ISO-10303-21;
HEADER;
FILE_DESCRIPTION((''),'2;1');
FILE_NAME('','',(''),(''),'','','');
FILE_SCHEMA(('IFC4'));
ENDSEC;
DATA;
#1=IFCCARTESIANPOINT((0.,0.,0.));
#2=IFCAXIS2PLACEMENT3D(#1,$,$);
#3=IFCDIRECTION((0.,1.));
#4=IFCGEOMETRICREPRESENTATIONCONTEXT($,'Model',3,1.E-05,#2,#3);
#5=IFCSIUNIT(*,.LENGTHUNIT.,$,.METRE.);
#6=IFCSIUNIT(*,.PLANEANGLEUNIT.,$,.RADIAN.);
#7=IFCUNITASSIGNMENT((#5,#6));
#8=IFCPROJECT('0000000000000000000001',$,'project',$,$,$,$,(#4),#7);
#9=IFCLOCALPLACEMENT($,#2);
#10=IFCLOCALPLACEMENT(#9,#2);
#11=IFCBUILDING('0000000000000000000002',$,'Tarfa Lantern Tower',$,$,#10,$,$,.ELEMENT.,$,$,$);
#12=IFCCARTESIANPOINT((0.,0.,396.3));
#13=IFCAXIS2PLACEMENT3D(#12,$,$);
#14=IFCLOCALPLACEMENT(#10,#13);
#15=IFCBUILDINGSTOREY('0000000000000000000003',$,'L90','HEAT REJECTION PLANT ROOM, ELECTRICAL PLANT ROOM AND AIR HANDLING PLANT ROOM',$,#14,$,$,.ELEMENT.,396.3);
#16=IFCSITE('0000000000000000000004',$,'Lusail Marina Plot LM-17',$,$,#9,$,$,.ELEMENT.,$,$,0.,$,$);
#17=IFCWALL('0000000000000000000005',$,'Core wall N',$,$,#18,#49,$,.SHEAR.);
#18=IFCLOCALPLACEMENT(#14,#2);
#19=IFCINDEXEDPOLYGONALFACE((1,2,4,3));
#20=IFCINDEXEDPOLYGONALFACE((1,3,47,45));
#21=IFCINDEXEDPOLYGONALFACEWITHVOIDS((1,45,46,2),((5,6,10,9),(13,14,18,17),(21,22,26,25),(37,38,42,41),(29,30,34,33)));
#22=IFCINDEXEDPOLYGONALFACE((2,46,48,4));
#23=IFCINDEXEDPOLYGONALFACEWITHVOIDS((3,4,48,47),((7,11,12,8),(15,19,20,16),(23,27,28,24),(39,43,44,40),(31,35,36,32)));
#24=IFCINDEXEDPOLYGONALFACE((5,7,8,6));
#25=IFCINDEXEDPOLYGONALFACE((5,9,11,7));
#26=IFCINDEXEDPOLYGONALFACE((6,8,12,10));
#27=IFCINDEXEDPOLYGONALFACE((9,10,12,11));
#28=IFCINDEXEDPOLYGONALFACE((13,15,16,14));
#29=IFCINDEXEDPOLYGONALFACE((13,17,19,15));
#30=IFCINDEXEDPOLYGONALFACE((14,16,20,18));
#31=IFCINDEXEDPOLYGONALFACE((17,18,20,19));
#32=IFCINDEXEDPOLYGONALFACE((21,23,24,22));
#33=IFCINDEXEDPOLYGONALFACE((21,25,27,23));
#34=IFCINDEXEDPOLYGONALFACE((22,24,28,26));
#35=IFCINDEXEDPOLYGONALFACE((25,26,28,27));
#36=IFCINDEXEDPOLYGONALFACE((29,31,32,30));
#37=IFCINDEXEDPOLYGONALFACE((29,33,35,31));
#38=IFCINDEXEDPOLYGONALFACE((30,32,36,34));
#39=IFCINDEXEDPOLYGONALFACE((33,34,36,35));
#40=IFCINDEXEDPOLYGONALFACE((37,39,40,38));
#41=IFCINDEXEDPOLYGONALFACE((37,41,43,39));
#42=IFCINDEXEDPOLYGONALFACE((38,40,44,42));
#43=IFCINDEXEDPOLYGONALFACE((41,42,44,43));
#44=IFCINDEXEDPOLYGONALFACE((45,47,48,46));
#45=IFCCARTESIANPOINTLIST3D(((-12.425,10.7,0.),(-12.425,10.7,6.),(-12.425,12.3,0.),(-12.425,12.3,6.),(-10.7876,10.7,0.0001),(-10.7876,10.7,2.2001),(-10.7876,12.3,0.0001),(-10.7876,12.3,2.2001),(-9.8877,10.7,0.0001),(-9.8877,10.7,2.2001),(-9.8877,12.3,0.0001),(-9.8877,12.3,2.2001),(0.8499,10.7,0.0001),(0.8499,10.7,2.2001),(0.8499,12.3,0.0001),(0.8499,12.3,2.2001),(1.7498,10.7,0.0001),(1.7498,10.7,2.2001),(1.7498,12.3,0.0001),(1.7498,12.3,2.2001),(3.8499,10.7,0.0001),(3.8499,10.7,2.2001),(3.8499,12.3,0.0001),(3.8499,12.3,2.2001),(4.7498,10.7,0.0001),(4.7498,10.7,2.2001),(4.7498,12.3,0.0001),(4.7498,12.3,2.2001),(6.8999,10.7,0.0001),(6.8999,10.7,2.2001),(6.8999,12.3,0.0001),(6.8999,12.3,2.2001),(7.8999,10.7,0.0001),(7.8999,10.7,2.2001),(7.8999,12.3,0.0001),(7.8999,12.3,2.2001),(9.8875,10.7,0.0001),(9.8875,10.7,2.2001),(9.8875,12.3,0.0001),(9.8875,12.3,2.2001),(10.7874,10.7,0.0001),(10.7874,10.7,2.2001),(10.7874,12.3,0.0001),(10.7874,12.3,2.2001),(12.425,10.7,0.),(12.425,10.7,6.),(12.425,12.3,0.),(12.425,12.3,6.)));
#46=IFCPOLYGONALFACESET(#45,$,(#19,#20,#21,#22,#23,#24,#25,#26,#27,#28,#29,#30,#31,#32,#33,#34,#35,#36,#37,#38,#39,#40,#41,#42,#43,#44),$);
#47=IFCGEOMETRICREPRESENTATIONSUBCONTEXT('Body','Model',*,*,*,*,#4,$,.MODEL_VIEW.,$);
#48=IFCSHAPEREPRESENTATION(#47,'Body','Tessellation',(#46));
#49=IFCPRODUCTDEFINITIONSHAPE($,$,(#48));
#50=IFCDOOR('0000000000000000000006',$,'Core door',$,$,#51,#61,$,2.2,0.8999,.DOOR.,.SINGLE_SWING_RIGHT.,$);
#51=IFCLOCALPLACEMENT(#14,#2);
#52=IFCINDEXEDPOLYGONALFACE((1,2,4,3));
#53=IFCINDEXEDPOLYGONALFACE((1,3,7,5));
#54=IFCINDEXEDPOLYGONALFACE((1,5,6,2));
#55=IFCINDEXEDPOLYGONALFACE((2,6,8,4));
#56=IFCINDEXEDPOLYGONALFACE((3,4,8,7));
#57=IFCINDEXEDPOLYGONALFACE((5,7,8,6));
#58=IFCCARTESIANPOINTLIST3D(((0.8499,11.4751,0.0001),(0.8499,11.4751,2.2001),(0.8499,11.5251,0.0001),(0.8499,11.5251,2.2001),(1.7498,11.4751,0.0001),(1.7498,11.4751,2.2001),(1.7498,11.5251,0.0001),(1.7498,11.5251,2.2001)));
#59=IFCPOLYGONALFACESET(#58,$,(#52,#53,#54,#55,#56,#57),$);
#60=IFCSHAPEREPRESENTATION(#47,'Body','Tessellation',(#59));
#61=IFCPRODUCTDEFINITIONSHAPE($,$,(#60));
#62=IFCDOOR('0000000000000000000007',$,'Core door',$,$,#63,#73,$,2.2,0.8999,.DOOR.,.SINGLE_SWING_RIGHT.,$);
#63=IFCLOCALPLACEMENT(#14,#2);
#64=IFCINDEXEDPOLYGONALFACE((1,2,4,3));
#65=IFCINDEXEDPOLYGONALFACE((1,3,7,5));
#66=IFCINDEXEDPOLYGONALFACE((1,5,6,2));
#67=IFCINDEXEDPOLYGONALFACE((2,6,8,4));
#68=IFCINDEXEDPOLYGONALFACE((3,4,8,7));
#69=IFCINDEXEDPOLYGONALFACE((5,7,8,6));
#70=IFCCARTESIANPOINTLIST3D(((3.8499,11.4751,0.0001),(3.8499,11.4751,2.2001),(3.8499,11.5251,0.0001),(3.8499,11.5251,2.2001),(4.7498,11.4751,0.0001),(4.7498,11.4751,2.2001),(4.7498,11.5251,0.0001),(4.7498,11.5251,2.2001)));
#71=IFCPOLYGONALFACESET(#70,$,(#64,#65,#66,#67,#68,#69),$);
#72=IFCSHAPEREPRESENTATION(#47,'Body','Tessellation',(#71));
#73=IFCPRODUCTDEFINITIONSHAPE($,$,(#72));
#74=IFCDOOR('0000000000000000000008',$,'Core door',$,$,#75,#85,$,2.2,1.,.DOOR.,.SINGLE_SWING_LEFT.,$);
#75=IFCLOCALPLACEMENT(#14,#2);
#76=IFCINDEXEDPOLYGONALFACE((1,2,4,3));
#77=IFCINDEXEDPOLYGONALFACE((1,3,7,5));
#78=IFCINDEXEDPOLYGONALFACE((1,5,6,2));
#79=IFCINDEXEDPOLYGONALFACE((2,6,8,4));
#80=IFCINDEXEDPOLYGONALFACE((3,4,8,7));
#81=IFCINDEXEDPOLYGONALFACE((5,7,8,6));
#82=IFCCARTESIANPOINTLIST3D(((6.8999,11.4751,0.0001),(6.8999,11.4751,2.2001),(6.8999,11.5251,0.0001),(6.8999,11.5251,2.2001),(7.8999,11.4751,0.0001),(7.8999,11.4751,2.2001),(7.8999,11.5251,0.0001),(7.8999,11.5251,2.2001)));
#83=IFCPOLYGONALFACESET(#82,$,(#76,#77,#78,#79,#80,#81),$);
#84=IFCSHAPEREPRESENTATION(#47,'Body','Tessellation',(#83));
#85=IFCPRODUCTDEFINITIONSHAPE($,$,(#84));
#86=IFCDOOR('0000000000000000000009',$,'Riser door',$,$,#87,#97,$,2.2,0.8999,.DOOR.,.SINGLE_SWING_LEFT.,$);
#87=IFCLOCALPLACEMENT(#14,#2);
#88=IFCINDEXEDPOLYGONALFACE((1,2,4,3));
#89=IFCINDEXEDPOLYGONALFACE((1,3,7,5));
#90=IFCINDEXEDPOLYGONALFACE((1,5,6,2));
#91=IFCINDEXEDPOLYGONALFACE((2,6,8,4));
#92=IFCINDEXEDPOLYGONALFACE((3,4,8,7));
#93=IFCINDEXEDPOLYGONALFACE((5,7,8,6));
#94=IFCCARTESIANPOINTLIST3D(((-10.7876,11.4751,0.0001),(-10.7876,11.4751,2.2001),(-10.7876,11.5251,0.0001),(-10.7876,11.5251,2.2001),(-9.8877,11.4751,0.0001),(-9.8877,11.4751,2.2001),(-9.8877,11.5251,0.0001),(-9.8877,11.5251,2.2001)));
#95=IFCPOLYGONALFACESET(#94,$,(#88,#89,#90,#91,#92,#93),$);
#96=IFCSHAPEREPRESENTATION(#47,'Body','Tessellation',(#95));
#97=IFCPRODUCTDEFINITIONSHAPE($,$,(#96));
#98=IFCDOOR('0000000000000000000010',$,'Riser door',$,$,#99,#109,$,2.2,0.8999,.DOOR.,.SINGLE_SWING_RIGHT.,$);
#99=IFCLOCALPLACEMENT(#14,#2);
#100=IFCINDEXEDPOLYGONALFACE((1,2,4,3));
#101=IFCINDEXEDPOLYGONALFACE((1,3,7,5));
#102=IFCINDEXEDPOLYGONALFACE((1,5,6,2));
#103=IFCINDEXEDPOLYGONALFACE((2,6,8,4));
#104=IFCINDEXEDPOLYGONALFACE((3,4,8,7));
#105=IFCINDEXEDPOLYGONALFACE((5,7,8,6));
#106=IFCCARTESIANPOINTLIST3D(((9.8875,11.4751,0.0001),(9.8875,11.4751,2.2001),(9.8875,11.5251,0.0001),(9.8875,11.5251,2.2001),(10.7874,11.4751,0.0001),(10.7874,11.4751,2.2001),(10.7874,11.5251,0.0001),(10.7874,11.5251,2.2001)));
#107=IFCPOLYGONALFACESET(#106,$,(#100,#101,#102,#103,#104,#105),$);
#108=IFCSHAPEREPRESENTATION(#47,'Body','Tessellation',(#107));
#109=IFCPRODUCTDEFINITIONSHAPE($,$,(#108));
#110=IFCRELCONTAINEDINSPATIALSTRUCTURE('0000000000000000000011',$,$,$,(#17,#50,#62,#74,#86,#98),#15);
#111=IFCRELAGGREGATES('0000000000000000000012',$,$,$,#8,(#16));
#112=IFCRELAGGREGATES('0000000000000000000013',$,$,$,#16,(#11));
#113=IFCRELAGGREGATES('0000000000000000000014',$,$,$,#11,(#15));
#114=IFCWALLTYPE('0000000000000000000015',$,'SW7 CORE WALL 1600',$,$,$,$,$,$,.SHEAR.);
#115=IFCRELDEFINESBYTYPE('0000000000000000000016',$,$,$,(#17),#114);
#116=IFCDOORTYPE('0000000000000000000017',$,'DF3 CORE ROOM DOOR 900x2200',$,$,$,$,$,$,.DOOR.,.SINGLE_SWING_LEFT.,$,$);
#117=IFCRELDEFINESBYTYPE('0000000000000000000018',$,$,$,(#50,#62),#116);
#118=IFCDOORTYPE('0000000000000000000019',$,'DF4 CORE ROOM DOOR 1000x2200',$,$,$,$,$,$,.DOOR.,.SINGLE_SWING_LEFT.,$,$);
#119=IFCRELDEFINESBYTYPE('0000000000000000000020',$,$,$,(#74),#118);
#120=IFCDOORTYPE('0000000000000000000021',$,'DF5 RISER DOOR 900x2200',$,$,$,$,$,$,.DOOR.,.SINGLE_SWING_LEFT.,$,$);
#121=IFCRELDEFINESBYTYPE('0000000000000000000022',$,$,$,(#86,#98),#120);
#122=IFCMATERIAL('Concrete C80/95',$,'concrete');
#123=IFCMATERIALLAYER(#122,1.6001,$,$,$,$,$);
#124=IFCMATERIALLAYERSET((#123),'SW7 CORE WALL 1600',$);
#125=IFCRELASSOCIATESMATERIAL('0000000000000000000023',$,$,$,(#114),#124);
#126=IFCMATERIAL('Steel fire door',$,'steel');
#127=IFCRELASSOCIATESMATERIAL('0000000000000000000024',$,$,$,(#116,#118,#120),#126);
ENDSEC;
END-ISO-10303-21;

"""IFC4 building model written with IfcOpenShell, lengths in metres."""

from ifc_helpers import new_model, si_unit, direction, frame, frame_2d, origin, place, context, subcontext, project, spatial, rectangle, extrude, material, layer, layer_set, type_object, element, fill, save


model = new_model("IFC4")

# Units and contexts
model_context = context("Model", 3, precision=1e-05, world=origin(), true_north=direction((0.0, 1.0)))
body_context = subcontext(model_context, "Body", "Model", "MODEL_VIEW")
ifc_project = project(units=[si_unit("LENGTHUNIT", "METRE"), si_unit("PLANEANGLEUNIT", "RADIAN")], contexts=[model_context])

# Site, building, storey
site_placement = place(None, origin())
site = spatial("IfcSite", under=ifc_project, at=site_placement, Name="Lusail Marina Plot LM-17", CompositionType="ELEMENT", RefElevation=0.0)
building_placement = place(site_placement, origin())
building = spatial("IfcBuilding", under=site, at=building_placement, Name="Tarfa Lantern Tower", CompositionType="ELEMENT")
storey_placement = place(building_placement, frame((0.0, 0.0, 396.3)))
storey = spatial("IfcBuildingStorey", under=building, at=storey_placement, Name="L90", Description="HEAT REJECTION PLANT ROOM, ELECTRICAL PLANT ROOM AND AIR HANDLING PLANT ROOM", CompositionType="ELEMENT", Elevation=396.3)

# Shared definitions
ifc_material_1 = material(Name="Concrete C80/95", Category="concrete")

# Shared definitions
ifc_material_2 = material(Name="Steel fire door", Category="steel")

# Wall, openings, doors
ifc_layer_1 = layer(ifc_material_1, 1.6001)
ifc_layer_set_1 = layer_set([ifc_layer_1], Name="SW7 CORE WALL 1600")
wall_type_1 = type_object("IfcWallType", Name="SW7 CORE WALL 1600", PredefinedType="SHEAR", material=ifc_layer_set_1)
wall_1_placement = place(storey_placement, frame((-12.425, 11.5, 0.0), z_axis=(0.0, 0.0, 1.0), x_axis=(1.0, 0.0, 0.0)))
wall_1 = element("IfcWall", 1, at=wall_1_placement, inside=storey, type_object=wall_type_1, Name="Core wall N", PredefinedType="SHEAR", context=body_context, shape_type="SweptSolid", body=[
    extrude(rectangle(XDim=24.8501, YDim=1.6001, at=frame_2d((12.425, 0.0))), origin(), (0.0, 0.0, 1.0), 6.0),
])
opening_1_placement = place(wall_1_placement, frame((13.2749, 0.0, 0.0)))
opening_1 = element("IfcOpeningElement", 2, at=opening_1_placement, cuts=wall_1, PredefinedType="OPENING", context=body_context, shape_type="SweptSolid", body=[
    extrude(rectangle(XDim=0.8999, YDim=2.2, at=frame_2d((0.45, 1.1001))), frame((0.0, 0.8101, 0.0), z_axis=(0.0, -1.0, 0.0), x_axis=(1.0, 0.0, 0.0)), (0.0, 0.0, 1.0), 1.6201),
])
opening_2_placement = place(wall_1_placement, frame((16.2749, 0.0, 0.0)))
opening_2 = element("IfcOpeningElement", 3, at=opening_2_placement, cuts=wall_1, PredefinedType="OPENING", context=body_context, shape_type="SweptSolid", body=[
    extrude(rectangle(XDim=0.8999, YDim=2.2, at=frame_2d((0.45, 1.1001))), frame((0.0, 0.8101, 0.0), z_axis=(0.0, -1.0, 0.0), x_axis=(1.0, 0.0, 0.0)), (0.0, 0.0, 1.0), 1.6201),
])
opening_3_placement = place(wall_1_placement, frame((19.325, 0.0, 0.0)))
opening_3 = element("IfcOpeningElement", 4, at=opening_3_placement, cuts=wall_1, PredefinedType="OPENING", context=body_context, shape_type="SweptSolid", body=[
    extrude(rectangle(XDim=1.0, YDim=2.2, at=frame_2d((0.5, 1.1001))), frame((0.0, 0.8101, 0.0), z_axis=(0.0, -1.0, 0.0), x_axis=(1.0, 0.0, 0.0)), (0.0, 0.0, 1.0), 1.6201),
])
opening_4_placement = place(wall_1_placement, frame((1.6375, 0.0, 0.0)))
opening_4 = element("IfcOpeningElement", 5, at=opening_4_placement, cuts=wall_1, PredefinedType="OPENING", context=body_context, shape_type="SweptSolid", body=[
    extrude(rectangle(XDim=0.8999, YDim=2.2, at=frame_2d((0.45, 1.1001))), frame((0.0, 0.8101, 0.0), z_axis=(0.0, -1.0, 0.0), x_axis=(1.0, 0.0, 0.0)), (0.0, 0.0, 1.0), 1.6201),
])
opening_5_placement = place(wall_1_placement, frame((22.3125, 0.0, 0.0)))
opening_5 = element("IfcOpeningElement", 6, at=opening_5_placement, cuts=wall_1, PredefinedType="OPENING", context=body_context, shape_type="SweptSolid", body=[
    extrude(rectangle(XDim=0.8999, YDim=2.2, at=frame_2d((0.45, 1.1001))), frame((0.0, 0.8101, 0.0), z_axis=(0.0, -1.0, 0.0), x_axis=(1.0, 0.0, 0.0)), (0.0, 0.0, 1.0), 1.6201),
])
door_type_1 = type_object("IfcDoorType", Name="DF3 CORE ROOM DOOR 900x2200", OperationType="SINGLE_SWING_LEFT", PredefinedType="DOOR", material=ifc_material_2)
door_1_placement = place(opening_1_placement, frame((0.8999, 0.0, 0.0), z_axis=(0.0, 0.0, 1.0), x_axis=(-1.0, 0.0, 0.0)))
door_1 = element("IfcDoor", 7, at=door_1_placement, inside=storey, type_object=door_type_1, Name="Core door", OperationType="SINGLE_SWING_RIGHT", OverallHeight=2.2, OverallWidth=0.8999, PredefinedType="DOOR", context=body_context, shape_type="SweptSolid", body=[
    extrude(rectangle(XDim=0.8999, YDim=2.2, at=frame_2d((0.45, 1.1001))), frame((0.0, 0.0249, 0.0), z_axis=(0.0, -1.0, 0.0), x_axis=(1.0, 0.0, 0.0)), (0.0, 0.0, 1.0), 0.05),
])
fill(opening_1, door_1)
door_2_placement = place(opening_2_placement, frame((0.8999, 0.0, 0.0), z_axis=(0.0, 0.0, 1.0), x_axis=(-1.0, 0.0, 0.0)))
door_2 = element("IfcDoor", 8, at=door_2_placement, inside=storey, type_object=door_type_1, Name="Core door", OperationType="SINGLE_SWING_RIGHT", OverallHeight=2.2, OverallWidth=0.8999, PredefinedType="DOOR", context=body_context, shape_type="SweptSolid", body=[
    extrude(rectangle(XDim=0.8999, YDim=2.2, at=frame_2d((0.45, 1.1001))), frame((0.0, 0.0249, 0.0), z_axis=(0.0, -1.0, 0.0), x_axis=(1.0, 0.0, 0.0)), (0.0, 0.0, 1.0), 0.05),
])
fill(opening_2, door_2)
door_type_2 = type_object("IfcDoorType", Name="DF4 CORE ROOM DOOR 1000x2200", OperationType="SINGLE_SWING_LEFT", PredefinedType="DOOR", material=ifc_material_2)
door_3_placement = place(opening_3_placement, frame((1.0, 0.0, 0.0), z_axis=(0.0, 0.0, 1.0), x_axis=(-1.0, 0.0, 0.0)))
door_3 = element("IfcDoor", 9, at=door_3_placement, inside=storey, type_object=door_type_2, Name="Core door", OperationType="SINGLE_SWING_LEFT", OverallHeight=2.2, OverallWidth=1.0, PredefinedType="DOOR", context=body_context, shape_type="SweptSolid", body=[
    extrude(rectangle(XDim=1.0, YDim=2.2, at=frame_2d((0.5, 1.1001))), frame((0.0, 0.0249, 0.0), z_axis=(0.0, -1.0, 0.0), x_axis=(1.0, 0.0, 0.0)), (0.0, 0.0, 1.0), 0.05),
])
fill(opening_3, door_3)
door_type_3 = type_object("IfcDoorType", Name="DF5 RISER DOOR 900x2200", OperationType="SINGLE_SWING_LEFT", PredefinedType="DOOR", material=ifc_material_2)
door_4_placement = place(opening_4_placement, frame((0.8999, 0.0, 0.0), z_axis=(0.0, 0.0, 1.0), x_axis=(-1.0, 0.0, 0.0)))
door_4 = element("IfcDoor", 10, at=door_4_placement, inside=storey, type_object=door_type_3, Name="Riser door", OperationType="SINGLE_SWING_LEFT", OverallHeight=2.2, OverallWidth=0.8999, PredefinedType="DOOR", context=body_context, shape_type="SweptSolid", body=[
    extrude(rectangle(XDim=0.8999, YDim=2.2, at=frame_2d((0.45, 1.1001))), frame((0.0, 0.0249, 0.0), z_axis=(0.0, -1.0, 0.0), x_axis=(1.0, 0.0, 0.0)), (0.0, 0.0, 1.0), 0.05),
])
fill(opening_4, door_4)
door_5_placement = place(opening_5_placement, frame((0.8999, 0.0, 0.0), z_axis=(0.0, 0.0, 1.0), x_axis=(-1.0, 0.0, 0.0)))
door_5 = element("IfcDoor", 11, at=door_5_placement, inside=storey, type_object=door_type_3, Name="Riser door", OperationType="SINGLE_SWING_RIGHT", OverallHeight=2.2, OverallWidth=0.8999, PredefinedType="DOOR", context=body_context, shape_type="SweptSolid", body=[
    extrude(rectangle(XDim=0.8999, YDim=2.2, at=frame_2d((0.45, 1.1001))), frame((0.0, 0.0249, 0.0), z_axis=(0.0, -1.0, 0.0), x_axis=(1.0, 0.0, 0.0)), (0.0, 0.0, 1.0), 0.05),
])
fill(opening_5, door_5)

save(model, "model.ifc")
